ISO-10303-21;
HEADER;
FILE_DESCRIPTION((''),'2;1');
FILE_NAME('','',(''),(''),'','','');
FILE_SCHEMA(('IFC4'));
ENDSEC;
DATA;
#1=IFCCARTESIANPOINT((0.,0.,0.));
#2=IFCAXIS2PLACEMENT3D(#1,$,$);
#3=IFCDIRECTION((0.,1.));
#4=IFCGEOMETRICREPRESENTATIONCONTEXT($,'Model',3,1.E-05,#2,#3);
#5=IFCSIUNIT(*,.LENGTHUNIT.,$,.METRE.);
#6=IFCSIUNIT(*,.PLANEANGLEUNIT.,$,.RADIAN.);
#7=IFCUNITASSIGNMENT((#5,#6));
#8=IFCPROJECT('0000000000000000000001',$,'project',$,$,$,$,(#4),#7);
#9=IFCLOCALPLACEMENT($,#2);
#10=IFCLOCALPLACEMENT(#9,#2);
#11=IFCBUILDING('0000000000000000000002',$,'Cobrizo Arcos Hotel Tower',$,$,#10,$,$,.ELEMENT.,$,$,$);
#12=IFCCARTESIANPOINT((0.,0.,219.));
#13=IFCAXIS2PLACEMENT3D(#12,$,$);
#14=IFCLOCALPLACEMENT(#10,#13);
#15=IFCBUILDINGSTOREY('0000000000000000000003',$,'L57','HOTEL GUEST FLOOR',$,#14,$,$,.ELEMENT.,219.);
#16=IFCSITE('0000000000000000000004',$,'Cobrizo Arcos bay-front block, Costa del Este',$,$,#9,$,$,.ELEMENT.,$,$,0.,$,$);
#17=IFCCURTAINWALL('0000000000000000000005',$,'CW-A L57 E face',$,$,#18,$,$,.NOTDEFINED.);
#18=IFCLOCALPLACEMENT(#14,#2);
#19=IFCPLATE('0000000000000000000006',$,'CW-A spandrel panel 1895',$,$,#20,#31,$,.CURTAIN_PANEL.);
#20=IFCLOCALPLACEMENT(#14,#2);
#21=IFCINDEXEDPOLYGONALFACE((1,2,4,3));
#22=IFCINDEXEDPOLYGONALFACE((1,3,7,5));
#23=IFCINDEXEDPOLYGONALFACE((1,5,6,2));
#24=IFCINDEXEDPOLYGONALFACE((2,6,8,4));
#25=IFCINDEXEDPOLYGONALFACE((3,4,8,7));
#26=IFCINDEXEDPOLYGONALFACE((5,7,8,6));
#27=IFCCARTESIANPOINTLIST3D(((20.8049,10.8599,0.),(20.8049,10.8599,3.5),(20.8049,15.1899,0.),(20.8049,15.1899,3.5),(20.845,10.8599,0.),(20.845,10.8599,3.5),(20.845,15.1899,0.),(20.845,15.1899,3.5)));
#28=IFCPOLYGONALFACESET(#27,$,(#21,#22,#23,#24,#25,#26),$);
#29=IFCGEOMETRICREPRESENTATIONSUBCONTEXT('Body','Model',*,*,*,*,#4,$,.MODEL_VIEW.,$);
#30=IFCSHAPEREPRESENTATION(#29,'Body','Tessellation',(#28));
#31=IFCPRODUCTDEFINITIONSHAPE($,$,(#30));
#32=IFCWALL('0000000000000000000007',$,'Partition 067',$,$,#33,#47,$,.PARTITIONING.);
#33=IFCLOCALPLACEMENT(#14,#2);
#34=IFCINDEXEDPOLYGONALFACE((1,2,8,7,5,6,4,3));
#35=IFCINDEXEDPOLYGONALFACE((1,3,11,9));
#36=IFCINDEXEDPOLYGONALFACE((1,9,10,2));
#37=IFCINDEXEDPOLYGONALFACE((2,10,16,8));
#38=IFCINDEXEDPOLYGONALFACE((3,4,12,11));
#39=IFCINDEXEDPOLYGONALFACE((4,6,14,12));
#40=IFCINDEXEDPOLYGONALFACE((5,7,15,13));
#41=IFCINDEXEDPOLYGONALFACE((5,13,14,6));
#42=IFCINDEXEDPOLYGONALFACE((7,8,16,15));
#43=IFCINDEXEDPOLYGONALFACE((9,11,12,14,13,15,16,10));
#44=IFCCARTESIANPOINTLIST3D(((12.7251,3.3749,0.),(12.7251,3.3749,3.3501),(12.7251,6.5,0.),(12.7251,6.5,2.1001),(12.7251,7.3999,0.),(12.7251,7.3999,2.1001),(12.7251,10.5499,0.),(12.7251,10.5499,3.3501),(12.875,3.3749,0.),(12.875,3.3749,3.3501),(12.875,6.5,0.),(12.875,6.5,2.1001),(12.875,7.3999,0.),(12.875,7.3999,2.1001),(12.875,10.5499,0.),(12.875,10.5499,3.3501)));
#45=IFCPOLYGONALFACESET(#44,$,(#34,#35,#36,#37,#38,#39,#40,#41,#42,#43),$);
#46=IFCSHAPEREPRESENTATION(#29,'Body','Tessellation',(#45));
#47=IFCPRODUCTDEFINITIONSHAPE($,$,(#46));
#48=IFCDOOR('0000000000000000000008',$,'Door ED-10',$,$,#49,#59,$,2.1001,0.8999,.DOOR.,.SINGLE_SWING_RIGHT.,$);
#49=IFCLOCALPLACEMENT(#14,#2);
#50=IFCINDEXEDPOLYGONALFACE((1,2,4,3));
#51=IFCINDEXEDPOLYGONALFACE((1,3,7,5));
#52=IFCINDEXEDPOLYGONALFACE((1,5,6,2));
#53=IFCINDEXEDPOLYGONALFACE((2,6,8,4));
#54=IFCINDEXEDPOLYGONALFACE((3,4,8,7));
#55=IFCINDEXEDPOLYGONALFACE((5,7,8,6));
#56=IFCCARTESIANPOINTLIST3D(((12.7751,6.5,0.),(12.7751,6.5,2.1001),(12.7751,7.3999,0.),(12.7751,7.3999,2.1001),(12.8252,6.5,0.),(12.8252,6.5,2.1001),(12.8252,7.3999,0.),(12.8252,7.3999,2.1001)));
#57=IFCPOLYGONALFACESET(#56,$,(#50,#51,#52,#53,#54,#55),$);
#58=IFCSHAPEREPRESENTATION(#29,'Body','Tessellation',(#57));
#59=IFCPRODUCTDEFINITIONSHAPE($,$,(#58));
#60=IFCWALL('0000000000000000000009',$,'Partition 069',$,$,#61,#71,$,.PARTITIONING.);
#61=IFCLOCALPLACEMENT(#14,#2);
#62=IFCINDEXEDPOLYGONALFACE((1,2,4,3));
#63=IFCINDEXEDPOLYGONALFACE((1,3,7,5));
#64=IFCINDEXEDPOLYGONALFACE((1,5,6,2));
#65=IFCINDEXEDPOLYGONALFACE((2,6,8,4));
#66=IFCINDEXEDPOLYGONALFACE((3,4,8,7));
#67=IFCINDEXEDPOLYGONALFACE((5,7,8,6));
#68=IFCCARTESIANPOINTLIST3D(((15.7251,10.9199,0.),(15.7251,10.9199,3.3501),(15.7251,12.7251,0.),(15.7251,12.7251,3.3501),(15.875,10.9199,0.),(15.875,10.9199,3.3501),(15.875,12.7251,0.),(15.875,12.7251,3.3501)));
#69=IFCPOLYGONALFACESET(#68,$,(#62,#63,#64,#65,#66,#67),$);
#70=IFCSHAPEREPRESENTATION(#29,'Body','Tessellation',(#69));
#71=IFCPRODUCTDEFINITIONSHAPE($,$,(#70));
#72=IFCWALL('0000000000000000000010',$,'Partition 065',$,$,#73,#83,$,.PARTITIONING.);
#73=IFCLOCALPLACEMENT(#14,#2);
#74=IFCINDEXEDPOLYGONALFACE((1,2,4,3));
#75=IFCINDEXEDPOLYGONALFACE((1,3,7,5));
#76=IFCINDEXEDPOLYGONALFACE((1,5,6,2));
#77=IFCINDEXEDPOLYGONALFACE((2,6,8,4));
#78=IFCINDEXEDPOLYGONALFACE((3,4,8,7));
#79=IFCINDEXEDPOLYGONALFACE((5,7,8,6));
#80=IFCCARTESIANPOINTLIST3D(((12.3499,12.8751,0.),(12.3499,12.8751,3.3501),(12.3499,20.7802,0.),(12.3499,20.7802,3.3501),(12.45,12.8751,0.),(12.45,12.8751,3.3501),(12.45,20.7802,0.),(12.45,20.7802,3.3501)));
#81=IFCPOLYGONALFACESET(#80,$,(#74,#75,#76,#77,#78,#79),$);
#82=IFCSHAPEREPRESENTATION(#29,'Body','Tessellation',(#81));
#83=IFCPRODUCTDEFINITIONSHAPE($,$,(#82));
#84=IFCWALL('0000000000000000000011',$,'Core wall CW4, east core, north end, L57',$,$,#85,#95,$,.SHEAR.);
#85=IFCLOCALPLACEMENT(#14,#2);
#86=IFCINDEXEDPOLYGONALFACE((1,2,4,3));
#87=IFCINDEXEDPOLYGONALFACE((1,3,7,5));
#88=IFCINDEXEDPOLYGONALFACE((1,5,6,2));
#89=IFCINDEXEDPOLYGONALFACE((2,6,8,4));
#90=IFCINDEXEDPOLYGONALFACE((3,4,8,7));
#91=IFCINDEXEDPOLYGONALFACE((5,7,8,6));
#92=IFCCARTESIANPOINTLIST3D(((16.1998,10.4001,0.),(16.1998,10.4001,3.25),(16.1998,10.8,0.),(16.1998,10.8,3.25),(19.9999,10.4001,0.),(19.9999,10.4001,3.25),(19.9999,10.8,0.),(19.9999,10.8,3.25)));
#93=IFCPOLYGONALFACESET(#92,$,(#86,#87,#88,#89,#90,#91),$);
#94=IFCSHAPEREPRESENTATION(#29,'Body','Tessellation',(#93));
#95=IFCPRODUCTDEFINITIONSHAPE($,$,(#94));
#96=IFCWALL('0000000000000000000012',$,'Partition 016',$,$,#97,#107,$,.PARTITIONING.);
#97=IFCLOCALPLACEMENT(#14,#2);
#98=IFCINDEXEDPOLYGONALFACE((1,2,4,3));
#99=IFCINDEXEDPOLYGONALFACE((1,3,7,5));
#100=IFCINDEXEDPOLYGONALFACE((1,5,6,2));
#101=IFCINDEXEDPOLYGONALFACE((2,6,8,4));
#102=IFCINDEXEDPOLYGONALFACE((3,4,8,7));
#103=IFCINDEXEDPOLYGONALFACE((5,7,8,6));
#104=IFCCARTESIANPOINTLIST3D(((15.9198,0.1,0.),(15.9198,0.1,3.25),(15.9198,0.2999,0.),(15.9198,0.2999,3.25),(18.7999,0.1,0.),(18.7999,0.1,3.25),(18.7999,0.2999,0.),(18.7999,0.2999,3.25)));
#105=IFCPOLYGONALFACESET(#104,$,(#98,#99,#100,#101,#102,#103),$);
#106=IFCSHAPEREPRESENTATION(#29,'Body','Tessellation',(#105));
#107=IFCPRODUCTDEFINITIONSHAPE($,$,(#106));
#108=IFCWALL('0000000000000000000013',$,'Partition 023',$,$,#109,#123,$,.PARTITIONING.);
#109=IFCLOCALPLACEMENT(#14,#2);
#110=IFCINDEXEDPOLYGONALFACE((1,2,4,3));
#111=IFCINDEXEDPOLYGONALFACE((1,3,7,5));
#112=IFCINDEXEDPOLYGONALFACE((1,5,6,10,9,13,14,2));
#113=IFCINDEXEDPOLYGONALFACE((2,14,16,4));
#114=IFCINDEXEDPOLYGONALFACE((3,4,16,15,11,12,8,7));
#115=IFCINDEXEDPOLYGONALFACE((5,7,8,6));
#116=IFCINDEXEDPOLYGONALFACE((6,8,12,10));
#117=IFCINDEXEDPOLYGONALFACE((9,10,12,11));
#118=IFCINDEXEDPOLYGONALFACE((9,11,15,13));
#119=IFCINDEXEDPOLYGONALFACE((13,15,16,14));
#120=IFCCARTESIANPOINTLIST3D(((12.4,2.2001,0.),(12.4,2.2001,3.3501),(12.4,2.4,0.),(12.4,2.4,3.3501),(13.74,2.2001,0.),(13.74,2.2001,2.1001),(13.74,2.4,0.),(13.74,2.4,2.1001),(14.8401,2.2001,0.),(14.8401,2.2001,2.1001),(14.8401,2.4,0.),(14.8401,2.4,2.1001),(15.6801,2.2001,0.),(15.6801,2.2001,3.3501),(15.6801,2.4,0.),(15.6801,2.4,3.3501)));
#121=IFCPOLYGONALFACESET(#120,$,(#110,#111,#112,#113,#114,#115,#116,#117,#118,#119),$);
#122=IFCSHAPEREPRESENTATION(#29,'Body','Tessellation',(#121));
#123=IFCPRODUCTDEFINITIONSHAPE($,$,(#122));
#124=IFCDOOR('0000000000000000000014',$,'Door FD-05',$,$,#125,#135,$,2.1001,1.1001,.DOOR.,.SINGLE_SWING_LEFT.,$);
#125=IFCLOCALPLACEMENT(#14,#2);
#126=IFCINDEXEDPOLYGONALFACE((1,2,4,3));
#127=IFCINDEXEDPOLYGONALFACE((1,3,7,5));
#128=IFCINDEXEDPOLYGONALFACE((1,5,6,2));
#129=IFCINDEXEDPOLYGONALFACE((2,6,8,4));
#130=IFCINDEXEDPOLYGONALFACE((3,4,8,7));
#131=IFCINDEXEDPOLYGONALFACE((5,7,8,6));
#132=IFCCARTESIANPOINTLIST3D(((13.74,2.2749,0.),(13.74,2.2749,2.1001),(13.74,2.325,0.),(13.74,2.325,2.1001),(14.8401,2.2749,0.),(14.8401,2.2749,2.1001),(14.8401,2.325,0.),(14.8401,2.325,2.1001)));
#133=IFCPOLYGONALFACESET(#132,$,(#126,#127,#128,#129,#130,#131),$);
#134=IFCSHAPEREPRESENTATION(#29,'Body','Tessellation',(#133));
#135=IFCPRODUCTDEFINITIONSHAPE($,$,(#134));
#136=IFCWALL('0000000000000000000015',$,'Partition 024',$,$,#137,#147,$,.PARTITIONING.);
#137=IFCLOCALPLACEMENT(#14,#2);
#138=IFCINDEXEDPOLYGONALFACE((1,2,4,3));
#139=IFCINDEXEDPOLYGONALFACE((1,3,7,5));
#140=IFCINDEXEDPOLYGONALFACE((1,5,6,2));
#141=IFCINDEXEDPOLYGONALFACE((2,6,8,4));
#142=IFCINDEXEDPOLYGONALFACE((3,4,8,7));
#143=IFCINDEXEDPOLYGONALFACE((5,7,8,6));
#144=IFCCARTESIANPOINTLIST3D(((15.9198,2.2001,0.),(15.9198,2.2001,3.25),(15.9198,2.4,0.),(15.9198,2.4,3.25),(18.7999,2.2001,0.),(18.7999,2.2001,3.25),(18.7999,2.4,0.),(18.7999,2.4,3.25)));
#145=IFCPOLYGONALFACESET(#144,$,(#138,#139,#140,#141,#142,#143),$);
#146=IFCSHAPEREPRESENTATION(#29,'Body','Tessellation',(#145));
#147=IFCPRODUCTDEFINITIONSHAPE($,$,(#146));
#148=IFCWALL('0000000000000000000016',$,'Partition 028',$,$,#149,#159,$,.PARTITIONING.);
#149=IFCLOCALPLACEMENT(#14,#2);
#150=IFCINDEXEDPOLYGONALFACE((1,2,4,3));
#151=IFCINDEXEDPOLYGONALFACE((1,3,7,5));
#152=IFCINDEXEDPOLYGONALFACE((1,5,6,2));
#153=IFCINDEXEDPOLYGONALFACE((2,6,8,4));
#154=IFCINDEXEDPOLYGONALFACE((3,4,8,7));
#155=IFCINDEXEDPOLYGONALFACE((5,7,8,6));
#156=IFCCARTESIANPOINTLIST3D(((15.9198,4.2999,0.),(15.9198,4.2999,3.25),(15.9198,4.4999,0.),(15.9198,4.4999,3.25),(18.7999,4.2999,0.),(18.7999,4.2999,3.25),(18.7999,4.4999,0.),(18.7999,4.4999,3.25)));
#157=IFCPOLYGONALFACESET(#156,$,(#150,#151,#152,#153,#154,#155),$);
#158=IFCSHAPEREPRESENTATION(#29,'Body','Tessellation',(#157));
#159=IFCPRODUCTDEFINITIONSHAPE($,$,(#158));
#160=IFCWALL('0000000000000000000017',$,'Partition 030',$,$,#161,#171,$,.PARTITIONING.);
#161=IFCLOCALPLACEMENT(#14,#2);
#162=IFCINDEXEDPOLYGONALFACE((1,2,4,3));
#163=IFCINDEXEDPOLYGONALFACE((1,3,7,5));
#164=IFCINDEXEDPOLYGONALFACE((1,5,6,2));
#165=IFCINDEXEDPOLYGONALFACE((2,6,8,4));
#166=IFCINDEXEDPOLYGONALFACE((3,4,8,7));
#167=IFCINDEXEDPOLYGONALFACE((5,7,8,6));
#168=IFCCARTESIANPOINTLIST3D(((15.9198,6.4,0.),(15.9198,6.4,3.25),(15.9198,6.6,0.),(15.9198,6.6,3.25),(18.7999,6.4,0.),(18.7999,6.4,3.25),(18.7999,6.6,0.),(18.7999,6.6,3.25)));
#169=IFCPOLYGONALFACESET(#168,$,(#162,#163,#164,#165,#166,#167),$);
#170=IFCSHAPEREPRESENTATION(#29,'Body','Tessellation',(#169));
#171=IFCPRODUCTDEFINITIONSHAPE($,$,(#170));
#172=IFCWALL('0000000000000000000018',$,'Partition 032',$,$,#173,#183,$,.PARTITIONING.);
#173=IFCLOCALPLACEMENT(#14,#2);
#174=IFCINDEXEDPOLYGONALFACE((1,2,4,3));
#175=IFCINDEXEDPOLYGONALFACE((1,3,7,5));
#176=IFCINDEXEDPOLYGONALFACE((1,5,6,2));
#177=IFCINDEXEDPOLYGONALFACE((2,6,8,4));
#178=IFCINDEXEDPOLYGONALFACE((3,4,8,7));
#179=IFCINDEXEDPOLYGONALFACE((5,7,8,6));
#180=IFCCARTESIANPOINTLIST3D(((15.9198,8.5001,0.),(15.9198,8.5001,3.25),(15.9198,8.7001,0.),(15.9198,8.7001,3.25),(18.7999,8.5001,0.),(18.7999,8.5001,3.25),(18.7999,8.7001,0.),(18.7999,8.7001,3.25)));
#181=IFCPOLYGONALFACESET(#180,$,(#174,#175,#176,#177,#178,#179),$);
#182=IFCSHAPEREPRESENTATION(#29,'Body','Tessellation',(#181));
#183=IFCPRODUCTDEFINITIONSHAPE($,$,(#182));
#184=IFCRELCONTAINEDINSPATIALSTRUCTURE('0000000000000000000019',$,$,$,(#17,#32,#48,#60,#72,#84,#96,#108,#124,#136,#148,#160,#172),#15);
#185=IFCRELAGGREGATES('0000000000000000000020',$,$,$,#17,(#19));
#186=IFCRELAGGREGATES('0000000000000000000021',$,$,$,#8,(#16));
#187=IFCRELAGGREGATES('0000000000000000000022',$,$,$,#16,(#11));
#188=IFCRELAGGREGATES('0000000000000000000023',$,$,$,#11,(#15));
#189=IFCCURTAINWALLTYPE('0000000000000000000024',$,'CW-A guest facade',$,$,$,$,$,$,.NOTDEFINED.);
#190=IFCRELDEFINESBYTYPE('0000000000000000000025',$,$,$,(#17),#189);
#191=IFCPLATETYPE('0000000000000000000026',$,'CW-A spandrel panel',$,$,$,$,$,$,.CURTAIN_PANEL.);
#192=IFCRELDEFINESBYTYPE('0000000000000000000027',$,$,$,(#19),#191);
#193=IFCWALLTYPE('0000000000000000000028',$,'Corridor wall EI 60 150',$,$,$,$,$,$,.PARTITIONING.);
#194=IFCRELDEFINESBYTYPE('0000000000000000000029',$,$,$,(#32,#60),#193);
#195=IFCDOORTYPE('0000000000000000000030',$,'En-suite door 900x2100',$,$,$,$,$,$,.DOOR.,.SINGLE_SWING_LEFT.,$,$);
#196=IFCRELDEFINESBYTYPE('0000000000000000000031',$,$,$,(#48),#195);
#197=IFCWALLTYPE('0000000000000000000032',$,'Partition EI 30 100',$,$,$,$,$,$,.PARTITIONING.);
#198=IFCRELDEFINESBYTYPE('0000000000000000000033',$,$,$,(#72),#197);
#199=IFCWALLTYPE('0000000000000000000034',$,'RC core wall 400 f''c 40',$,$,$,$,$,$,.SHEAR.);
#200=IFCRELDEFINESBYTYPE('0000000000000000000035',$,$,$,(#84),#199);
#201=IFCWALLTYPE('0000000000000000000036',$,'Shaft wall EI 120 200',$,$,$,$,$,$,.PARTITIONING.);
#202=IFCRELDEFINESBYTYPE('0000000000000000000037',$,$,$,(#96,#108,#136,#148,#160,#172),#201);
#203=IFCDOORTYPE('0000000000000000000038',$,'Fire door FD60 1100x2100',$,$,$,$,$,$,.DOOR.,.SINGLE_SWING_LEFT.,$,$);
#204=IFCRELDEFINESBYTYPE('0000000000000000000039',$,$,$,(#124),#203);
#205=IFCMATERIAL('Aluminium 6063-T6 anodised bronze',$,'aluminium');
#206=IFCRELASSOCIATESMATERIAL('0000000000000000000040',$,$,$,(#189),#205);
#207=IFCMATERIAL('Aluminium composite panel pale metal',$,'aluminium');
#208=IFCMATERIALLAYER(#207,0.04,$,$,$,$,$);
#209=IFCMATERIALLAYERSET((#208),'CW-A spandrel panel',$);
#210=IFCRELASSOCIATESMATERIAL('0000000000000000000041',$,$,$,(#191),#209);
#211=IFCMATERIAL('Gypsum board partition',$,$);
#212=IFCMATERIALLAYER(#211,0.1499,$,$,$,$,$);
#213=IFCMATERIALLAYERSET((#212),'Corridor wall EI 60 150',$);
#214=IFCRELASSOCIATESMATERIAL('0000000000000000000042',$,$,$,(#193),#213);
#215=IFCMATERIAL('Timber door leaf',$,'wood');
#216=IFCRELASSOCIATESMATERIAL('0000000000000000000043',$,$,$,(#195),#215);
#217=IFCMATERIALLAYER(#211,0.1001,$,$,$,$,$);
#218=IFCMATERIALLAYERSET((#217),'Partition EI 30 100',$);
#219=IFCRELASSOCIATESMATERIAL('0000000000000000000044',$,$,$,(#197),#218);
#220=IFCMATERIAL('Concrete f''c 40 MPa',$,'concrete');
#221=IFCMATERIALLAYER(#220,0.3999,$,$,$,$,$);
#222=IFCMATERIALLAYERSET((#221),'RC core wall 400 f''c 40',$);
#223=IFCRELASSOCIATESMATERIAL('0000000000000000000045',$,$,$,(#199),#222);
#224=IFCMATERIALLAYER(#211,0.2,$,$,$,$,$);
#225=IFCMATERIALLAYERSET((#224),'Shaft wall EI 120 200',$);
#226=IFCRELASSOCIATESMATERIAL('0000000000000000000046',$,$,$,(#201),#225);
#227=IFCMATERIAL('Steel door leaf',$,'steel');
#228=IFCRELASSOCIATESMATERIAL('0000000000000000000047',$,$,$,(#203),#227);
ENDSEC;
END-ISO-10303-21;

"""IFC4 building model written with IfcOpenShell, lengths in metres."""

from ifc_helpers import new_model, si_unit, direction, frame, frame_2d, origin, origin_2d, place, context, subcontext, project, spatial, rectangle, extrude, material, layer, layer_set, type_object, element, fill, aggregate, save


model = new_model("IFC4")

# Units and contexts
model_context = context("Model", 3, precision=1e-05, world=origin(), true_north=direction((0.0, 1.0)))
body_context = subcontext(model_context, "Body", "Model", "MODEL_VIEW")
ifc_project = project(units=[si_unit("LENGTHUNIT", "METRE"), si_unit("PLANEANGLEUNIT", "RADIAN")], contexts=[model_context])

# Site, building, storey
site_placement = place(None, origin())
site = spatial("IfcSite", under=ifc_project, at=site_placement, Name="Cobrizo Arcos bay-front block, Costa del Este", CompositionType="ELEMENT", RefElevation=0.0)
building_placement = place(site_placement, origin())
building = spatial("IfcBuilding", under=site, at=building_placement, Name="Cobrizo Arcos Hotel Tower", CompositionType="ELEMENT")
storey_placement = place(building_placement, frame((0.0, 0.0, 219.0)))
storey = spatial("IfcBuildingStorey", under=building, at=storey_placement, Name="L57", Description="HOTEL GUEST FLOOR", CompositionType="ELEMENT", Elevation=219.0)

# Curtain wall
ifc_material_1 = material(Name="Aluminium 6063-T6 anodised bronze", Category="aluminium")
curtain_wall_type = type_object("IfcCurtainWallType", Name="CW-A guest facade", PredefinedType="NOTDEFINED", material=ifc_material_1)
curtain_wall_placement = place(storey_placement, origin())
curtain_wall = element("IfcCurtainWall", 1, at=curtain_wall_placement, inside=storey, type_object=curtain_wall_type, Name="CW-A L57 E face", PredefinedType="NOTDEFINED")

# Plate
ifc_material_2 = material(Name="Aluminium composite panel pale metal", Category="aluminium")
ifc_layer_1 = layer(ifc_material_2, 0.04)
ifc_layer_set_1 = layer_set([ifc_layer_1], Name="CW-A spandrel panel")
plate_type = type_object("IfcPlateType", Name="CW-A spandrel panel", PredefinedType="CURTAIN_PANEL", material=ifc_layer_set_1)
plate_placement = place(storey_placement, frame((20.825, 13.0249, 0.0), z_axis=(0.0, 0.0, 1.0), x_axis=(0.0, 1.0, 0.0)))
plate = element("IfcPlate", 2, at=plate_placement, type_object=plate_type, Name="CW-A spandrel panel 1895", PredefinedType="CURTAIN_PANEL", context=body_context, shape_type="SweptSolid", body=[
    extrude(rectangle(XDim=4.3301, YDim=0.04, at=origin_2d()), origin(), (0.0, 0.0, 1.0), 3.5),
])
aggregate(curtain_wall, [plate])

# Wall, opening, door
ifc_material_3 = material(Name="Gypsum board partition")
ifc_layer_2 = layer(ifc_material_3, 0.1499)
ifc_layer_set_2 = layer_set([ifc_layer_2], Name="Corridor wall EI 60 150")
wall_type_1 = type_object("IfcWallType", Name="Corridor wall EI 60 150", PredefinedType="PARTITIONING", material=ifc_layer_set_2)
wall_1_placement = place(storey_placement, frame((12.8, 3.375, 0.0), z_axis=(0.0, 0.0, 1.0), x_axis=(0.0, 1.0, 0.0)))
wall_1 = element("IfcWall", 3, at=wall_1_placement, inside=storey, type_object=wall_type_1, Name="Partition 067", PredefinedType="PARTITIONING", context=body_context, shape_type="SweptSolid", body=[
    extrude(rectangle(XDim=7.175, YDim=0.1499, at=frame_2d((3.5874, 0.0))), origin(), (0.0, 0.0, 1.0), 3.3501),
])
opening_1_placement = place(wall_1_placement, frame((3.125, 0.0, 0.0)))
opening_1 = element("IfcOpeningElement", 4, at=opening_1_placement, cuts=wall_1, PredefinedType="OPENING", context=body_context, shape_type="SweptSolid", body=[
    extrude(rectangle(XDim=0.8999, YDim=2.1001, at=frame_2d((0.45, 1.05))), frame((0.0, 0.0869, 0.0), z_axis=(0.0, -1.0, 0.0), x_axis=(1.0, 0.0, 0.0)), (0.0, 0.0, 1.0), 0.1738),
])
ifc_material_4 = material(Name="Timber door leaf", Category="wood")
door_type_1 = type_object("IfcDoorType", Name="En-suite door 900x2100", OperationType="SINGLE_SWING_LEFT", PredefinedType="DOOR", material=ifc_material_4)
door_1_placement = place(opening_1_placement, origin())
door_1 = element("IfcDoor", 5, at=door_1_placement, inside=storey, type_object=door_type_1, Name="Door ED-10", OperationType="SINGLE_SWING_RIGHT", OverallHeight=2.1001, OverallWidth=0.8999, PredefinedType="DOOR", context=body_context, shape_type="SweptSolid", body=[
    extrude(rectangle(XDim=0.8999, YDim=2.1001, at=frame_2d((0.45, 1.05))), frame((0.0, 0.0249, 0.0), z_axis=(0.0, -1.0, 0.0), x_axis=(1.0, 0.0, 0.0)), (0.0, 0.0, 1.0), 0.05),
])
fill(opening_1, door_1)

# Walls
wall_2_placement = place(storey_placement, frame((15.8, 10.9199, 0.0), z_axis=(0.0, 0.0, 1.0), x_axis=(0.0, 1.0, 0.0)))
element("IfcWall", 6, at=wall_2_placement, inside=storey, type_object=wall_type_1, Name="Partition 069", PredefinedType="PARTITIONING", context=body_context, shape_type="SweptSolid", body=[
    extrude(rectangle(XDim=1.8052, YDim=0.1499, at=frame_2d((0.9026, 0.0))), origin(), (0.0, 0.0, 1.0), 3.3501),
])
ifc_layer_3 = layer(ifc_material_3, 0.1001)
ifc_layer_set_3 = layer_set([ifc_layer_3], Name="Partition EI 30 100")
wall_type_2 = type_object("IfcWallType", Name="Partition EI 30 100", PredefinedType="PARTITIONING", material=ifc_layer_set_3)
wall_3_placement = place(storey_placement, frame((12.3999, 12.875, 0.0), z_axis=(0.0, 0.0, 1.0), x_axis=(0.0, 1.0, 0.0)))
element("IfcWall", 7, at=wall_3_placement, inside=storey, type_object=wall_type_2, Name="Partition 065", PredefinedType="PARTITIONING", context=body_context, shape_type="SweptSolid", body=[
    extrude(rectangle(XDim=7.905, YDim=0.1001, at=frame_2d((3.9526, 0.0))), origin(), (0.0, 0.0, 1.0), 3.3501),
])
ifc_material_5 = material(Name="Concrete f'c 40 MPa", Category="concrete")
ifc_layer_4 = layer(ifc_material_5, 0.3999)
ifc_layer_set_4 = layer_set([ifc_layer_4], Name="RC core wall 400 f'c 40")
wall_type_3 = type_object("IfcWallType", Name="RC core wall 400 f'c 40", PredefinedType="SHEAR", material=ifc_layer_set_4)
wall_4_placement = place(storey_placement, frame((16.2, 10.6001, 0.0), z_axis=(0.0, 0.0, 1.0), x_axis=(1.0, 0.0, 0.0)))
element("IfcWall", 8, at=wall_4_placement, inside=storey, type_object=wall_type_3, Name="Core wall CW4, east core, north end, L57", PredefinedType="SHEAR", context=body_context, shape_type="SweptSolid", body=[
    extrude(rectangle(XDim=3.8, YDim=0.3999, at=frame_2d((1.8999, 0.0))), origin(), (0.0, 0.0, 1.0), 3.25),
])
ifc_layer_5 = layer(ifc_material_3, 0.2)
ifc_layer_set_5 = layer_set([ifc_layer_5], Name="Shaft wall EI 120 200")
wall_type_4 = type_object("IfcWallType", Name="Shaft wall EI 120 200", PredefinedType="PARTITIONING", material=ifc_layer_set_5)
wall_5_placement = place(storey_placement, frame((15.9199, 0.2, 0.0), z_axis=(0.0, 0.0, 1.0), x_axis=(1.0, 0.0, 0.0)))
element("IfcWall", 9, at=wall_5_placement, inside=storey, type_object=wall_type_4, Name="Partition 016", PredefinedType="PARTITIONING", context=body_context, shape_type="SweptSolid", body=[
    extrude(rectangle(XDim=2.8801, YDim=0.2, at=frame_2d((1.4399, 0.0))), origin(), (0.0, 0.0, 1.0), 3.25),
])

# Wall, opening, door
wall_6_placement = place(storey_placement, frame((12.3999, 2.3, 0.0), z_axis=(0.0, 0.0, 1.0), x_axis=(1.0, 0.0, 0.0)))
wall_6 = element("IfcWall", 10, at=wall_6_placement, inside=storey, type_object=wall_type_4, Name="Partition 023", PredefinedType="PARTITIONING", context=body_context, shape_type="SweptSolid", body=[
    extrude(rectangle(XDim=3.28, YDim=0.2, at=frame_2d((1.6401, 0.0))), origin(), (0.0, 0.0, 1.0), 3.3501),
])
opening_2_placement = place(wall_6_placement, frame((1.3401, 0.0, 0.0)))
opening_2 = element("IfcOpeningElement", 11, at=opening_2_placement, cuts=wall_6, PredefinedType="OPENING", context=body_context, shape_type="SweptSolid", body=[
    extrude(rectangle(XDim=1.1001, YDim=2.1001, at=frame_2d((0.55, 1.05))), frame((0.0, 0.1121, 0.0), z_axis=(0.0, -1.0, 0.0), x_axis=(1.0, 0.0, 0.0)), (0.0, 0.0, 1.0), 0.2239),
])
ifc_material_6 = material(Name="Steel door leaf", Category="steel")
door_type_2 = type_object("IfcDoorType", Name="Fire door FD60 1100x2100", OperationType="SINGLE_SWING_LEFT", PredefinedType="DOOR", material=ifc_material_6)
door_2_placement = place(opening_2_placement, origin())
door_2 = element("IfcDoor", 12, at=door_2_placement, inside=storey, type_object=door_type_2, Name="Door FD-05", OperationType="SINGLE_SWING_LEFT", OverallHeight=2.1001, OverallWidth=1.1001, PredefinedType="DOOR", context=body_context, shape_type="SweptSolid", body=[
    extrude(rectangle(XDim=1.1001, YDim=2.1001, at=frame_2d((0.55, 1.05))), frame((0.0, 0.0249, 0.0), z_axis=(0.0, -1.0, 0.0), x_axis=(1.0, 0.0, 0.0)), (0.0, 0.0, 1.0), 0.05),
])
fill(opening_2, door_2)

# Walls
for number, where, z_axis, x_axis, name in (
    (13, (15.9199, 2.3, 0.0), (0.0, 0.0, 1.0), (1.0, 0.0, 0.0), "Partition 024"),
    (14, (15.9199, 4.3999, 0.0), (0.0, 0.0, 1.0), (1.0, 0.0, 0.0), "Partition 028"),
    (15, (15.9199, 6.5, 0.0), (0.0, 0.0, 1.0), (1.0, 0.0, 0.0), "Partition 030"),
    (16, (15.9199, 8.6001, 0.0), (0.0, 0.0, 1.0), (1.0, 0.0, 0.0), "Partition 032"),
):
    element("IfcWall", number, at=place(storey_placement, frame(where, z_axis=z_axis, x_axis=x_axis)), inside=storey, type_object=wall_type_4, Name=name, PredefinedType="PARTITIONING", context=body_context, shape_type="SweptSolid", body=[
        extrude(rectangle(XDim=2.8801, YDim=0.2, at=frame_2d((1.4399, 0.0))), origin(), (0.0, 0.0, 1.0), 3.25),
    ])

save(model, "model.ifc")
